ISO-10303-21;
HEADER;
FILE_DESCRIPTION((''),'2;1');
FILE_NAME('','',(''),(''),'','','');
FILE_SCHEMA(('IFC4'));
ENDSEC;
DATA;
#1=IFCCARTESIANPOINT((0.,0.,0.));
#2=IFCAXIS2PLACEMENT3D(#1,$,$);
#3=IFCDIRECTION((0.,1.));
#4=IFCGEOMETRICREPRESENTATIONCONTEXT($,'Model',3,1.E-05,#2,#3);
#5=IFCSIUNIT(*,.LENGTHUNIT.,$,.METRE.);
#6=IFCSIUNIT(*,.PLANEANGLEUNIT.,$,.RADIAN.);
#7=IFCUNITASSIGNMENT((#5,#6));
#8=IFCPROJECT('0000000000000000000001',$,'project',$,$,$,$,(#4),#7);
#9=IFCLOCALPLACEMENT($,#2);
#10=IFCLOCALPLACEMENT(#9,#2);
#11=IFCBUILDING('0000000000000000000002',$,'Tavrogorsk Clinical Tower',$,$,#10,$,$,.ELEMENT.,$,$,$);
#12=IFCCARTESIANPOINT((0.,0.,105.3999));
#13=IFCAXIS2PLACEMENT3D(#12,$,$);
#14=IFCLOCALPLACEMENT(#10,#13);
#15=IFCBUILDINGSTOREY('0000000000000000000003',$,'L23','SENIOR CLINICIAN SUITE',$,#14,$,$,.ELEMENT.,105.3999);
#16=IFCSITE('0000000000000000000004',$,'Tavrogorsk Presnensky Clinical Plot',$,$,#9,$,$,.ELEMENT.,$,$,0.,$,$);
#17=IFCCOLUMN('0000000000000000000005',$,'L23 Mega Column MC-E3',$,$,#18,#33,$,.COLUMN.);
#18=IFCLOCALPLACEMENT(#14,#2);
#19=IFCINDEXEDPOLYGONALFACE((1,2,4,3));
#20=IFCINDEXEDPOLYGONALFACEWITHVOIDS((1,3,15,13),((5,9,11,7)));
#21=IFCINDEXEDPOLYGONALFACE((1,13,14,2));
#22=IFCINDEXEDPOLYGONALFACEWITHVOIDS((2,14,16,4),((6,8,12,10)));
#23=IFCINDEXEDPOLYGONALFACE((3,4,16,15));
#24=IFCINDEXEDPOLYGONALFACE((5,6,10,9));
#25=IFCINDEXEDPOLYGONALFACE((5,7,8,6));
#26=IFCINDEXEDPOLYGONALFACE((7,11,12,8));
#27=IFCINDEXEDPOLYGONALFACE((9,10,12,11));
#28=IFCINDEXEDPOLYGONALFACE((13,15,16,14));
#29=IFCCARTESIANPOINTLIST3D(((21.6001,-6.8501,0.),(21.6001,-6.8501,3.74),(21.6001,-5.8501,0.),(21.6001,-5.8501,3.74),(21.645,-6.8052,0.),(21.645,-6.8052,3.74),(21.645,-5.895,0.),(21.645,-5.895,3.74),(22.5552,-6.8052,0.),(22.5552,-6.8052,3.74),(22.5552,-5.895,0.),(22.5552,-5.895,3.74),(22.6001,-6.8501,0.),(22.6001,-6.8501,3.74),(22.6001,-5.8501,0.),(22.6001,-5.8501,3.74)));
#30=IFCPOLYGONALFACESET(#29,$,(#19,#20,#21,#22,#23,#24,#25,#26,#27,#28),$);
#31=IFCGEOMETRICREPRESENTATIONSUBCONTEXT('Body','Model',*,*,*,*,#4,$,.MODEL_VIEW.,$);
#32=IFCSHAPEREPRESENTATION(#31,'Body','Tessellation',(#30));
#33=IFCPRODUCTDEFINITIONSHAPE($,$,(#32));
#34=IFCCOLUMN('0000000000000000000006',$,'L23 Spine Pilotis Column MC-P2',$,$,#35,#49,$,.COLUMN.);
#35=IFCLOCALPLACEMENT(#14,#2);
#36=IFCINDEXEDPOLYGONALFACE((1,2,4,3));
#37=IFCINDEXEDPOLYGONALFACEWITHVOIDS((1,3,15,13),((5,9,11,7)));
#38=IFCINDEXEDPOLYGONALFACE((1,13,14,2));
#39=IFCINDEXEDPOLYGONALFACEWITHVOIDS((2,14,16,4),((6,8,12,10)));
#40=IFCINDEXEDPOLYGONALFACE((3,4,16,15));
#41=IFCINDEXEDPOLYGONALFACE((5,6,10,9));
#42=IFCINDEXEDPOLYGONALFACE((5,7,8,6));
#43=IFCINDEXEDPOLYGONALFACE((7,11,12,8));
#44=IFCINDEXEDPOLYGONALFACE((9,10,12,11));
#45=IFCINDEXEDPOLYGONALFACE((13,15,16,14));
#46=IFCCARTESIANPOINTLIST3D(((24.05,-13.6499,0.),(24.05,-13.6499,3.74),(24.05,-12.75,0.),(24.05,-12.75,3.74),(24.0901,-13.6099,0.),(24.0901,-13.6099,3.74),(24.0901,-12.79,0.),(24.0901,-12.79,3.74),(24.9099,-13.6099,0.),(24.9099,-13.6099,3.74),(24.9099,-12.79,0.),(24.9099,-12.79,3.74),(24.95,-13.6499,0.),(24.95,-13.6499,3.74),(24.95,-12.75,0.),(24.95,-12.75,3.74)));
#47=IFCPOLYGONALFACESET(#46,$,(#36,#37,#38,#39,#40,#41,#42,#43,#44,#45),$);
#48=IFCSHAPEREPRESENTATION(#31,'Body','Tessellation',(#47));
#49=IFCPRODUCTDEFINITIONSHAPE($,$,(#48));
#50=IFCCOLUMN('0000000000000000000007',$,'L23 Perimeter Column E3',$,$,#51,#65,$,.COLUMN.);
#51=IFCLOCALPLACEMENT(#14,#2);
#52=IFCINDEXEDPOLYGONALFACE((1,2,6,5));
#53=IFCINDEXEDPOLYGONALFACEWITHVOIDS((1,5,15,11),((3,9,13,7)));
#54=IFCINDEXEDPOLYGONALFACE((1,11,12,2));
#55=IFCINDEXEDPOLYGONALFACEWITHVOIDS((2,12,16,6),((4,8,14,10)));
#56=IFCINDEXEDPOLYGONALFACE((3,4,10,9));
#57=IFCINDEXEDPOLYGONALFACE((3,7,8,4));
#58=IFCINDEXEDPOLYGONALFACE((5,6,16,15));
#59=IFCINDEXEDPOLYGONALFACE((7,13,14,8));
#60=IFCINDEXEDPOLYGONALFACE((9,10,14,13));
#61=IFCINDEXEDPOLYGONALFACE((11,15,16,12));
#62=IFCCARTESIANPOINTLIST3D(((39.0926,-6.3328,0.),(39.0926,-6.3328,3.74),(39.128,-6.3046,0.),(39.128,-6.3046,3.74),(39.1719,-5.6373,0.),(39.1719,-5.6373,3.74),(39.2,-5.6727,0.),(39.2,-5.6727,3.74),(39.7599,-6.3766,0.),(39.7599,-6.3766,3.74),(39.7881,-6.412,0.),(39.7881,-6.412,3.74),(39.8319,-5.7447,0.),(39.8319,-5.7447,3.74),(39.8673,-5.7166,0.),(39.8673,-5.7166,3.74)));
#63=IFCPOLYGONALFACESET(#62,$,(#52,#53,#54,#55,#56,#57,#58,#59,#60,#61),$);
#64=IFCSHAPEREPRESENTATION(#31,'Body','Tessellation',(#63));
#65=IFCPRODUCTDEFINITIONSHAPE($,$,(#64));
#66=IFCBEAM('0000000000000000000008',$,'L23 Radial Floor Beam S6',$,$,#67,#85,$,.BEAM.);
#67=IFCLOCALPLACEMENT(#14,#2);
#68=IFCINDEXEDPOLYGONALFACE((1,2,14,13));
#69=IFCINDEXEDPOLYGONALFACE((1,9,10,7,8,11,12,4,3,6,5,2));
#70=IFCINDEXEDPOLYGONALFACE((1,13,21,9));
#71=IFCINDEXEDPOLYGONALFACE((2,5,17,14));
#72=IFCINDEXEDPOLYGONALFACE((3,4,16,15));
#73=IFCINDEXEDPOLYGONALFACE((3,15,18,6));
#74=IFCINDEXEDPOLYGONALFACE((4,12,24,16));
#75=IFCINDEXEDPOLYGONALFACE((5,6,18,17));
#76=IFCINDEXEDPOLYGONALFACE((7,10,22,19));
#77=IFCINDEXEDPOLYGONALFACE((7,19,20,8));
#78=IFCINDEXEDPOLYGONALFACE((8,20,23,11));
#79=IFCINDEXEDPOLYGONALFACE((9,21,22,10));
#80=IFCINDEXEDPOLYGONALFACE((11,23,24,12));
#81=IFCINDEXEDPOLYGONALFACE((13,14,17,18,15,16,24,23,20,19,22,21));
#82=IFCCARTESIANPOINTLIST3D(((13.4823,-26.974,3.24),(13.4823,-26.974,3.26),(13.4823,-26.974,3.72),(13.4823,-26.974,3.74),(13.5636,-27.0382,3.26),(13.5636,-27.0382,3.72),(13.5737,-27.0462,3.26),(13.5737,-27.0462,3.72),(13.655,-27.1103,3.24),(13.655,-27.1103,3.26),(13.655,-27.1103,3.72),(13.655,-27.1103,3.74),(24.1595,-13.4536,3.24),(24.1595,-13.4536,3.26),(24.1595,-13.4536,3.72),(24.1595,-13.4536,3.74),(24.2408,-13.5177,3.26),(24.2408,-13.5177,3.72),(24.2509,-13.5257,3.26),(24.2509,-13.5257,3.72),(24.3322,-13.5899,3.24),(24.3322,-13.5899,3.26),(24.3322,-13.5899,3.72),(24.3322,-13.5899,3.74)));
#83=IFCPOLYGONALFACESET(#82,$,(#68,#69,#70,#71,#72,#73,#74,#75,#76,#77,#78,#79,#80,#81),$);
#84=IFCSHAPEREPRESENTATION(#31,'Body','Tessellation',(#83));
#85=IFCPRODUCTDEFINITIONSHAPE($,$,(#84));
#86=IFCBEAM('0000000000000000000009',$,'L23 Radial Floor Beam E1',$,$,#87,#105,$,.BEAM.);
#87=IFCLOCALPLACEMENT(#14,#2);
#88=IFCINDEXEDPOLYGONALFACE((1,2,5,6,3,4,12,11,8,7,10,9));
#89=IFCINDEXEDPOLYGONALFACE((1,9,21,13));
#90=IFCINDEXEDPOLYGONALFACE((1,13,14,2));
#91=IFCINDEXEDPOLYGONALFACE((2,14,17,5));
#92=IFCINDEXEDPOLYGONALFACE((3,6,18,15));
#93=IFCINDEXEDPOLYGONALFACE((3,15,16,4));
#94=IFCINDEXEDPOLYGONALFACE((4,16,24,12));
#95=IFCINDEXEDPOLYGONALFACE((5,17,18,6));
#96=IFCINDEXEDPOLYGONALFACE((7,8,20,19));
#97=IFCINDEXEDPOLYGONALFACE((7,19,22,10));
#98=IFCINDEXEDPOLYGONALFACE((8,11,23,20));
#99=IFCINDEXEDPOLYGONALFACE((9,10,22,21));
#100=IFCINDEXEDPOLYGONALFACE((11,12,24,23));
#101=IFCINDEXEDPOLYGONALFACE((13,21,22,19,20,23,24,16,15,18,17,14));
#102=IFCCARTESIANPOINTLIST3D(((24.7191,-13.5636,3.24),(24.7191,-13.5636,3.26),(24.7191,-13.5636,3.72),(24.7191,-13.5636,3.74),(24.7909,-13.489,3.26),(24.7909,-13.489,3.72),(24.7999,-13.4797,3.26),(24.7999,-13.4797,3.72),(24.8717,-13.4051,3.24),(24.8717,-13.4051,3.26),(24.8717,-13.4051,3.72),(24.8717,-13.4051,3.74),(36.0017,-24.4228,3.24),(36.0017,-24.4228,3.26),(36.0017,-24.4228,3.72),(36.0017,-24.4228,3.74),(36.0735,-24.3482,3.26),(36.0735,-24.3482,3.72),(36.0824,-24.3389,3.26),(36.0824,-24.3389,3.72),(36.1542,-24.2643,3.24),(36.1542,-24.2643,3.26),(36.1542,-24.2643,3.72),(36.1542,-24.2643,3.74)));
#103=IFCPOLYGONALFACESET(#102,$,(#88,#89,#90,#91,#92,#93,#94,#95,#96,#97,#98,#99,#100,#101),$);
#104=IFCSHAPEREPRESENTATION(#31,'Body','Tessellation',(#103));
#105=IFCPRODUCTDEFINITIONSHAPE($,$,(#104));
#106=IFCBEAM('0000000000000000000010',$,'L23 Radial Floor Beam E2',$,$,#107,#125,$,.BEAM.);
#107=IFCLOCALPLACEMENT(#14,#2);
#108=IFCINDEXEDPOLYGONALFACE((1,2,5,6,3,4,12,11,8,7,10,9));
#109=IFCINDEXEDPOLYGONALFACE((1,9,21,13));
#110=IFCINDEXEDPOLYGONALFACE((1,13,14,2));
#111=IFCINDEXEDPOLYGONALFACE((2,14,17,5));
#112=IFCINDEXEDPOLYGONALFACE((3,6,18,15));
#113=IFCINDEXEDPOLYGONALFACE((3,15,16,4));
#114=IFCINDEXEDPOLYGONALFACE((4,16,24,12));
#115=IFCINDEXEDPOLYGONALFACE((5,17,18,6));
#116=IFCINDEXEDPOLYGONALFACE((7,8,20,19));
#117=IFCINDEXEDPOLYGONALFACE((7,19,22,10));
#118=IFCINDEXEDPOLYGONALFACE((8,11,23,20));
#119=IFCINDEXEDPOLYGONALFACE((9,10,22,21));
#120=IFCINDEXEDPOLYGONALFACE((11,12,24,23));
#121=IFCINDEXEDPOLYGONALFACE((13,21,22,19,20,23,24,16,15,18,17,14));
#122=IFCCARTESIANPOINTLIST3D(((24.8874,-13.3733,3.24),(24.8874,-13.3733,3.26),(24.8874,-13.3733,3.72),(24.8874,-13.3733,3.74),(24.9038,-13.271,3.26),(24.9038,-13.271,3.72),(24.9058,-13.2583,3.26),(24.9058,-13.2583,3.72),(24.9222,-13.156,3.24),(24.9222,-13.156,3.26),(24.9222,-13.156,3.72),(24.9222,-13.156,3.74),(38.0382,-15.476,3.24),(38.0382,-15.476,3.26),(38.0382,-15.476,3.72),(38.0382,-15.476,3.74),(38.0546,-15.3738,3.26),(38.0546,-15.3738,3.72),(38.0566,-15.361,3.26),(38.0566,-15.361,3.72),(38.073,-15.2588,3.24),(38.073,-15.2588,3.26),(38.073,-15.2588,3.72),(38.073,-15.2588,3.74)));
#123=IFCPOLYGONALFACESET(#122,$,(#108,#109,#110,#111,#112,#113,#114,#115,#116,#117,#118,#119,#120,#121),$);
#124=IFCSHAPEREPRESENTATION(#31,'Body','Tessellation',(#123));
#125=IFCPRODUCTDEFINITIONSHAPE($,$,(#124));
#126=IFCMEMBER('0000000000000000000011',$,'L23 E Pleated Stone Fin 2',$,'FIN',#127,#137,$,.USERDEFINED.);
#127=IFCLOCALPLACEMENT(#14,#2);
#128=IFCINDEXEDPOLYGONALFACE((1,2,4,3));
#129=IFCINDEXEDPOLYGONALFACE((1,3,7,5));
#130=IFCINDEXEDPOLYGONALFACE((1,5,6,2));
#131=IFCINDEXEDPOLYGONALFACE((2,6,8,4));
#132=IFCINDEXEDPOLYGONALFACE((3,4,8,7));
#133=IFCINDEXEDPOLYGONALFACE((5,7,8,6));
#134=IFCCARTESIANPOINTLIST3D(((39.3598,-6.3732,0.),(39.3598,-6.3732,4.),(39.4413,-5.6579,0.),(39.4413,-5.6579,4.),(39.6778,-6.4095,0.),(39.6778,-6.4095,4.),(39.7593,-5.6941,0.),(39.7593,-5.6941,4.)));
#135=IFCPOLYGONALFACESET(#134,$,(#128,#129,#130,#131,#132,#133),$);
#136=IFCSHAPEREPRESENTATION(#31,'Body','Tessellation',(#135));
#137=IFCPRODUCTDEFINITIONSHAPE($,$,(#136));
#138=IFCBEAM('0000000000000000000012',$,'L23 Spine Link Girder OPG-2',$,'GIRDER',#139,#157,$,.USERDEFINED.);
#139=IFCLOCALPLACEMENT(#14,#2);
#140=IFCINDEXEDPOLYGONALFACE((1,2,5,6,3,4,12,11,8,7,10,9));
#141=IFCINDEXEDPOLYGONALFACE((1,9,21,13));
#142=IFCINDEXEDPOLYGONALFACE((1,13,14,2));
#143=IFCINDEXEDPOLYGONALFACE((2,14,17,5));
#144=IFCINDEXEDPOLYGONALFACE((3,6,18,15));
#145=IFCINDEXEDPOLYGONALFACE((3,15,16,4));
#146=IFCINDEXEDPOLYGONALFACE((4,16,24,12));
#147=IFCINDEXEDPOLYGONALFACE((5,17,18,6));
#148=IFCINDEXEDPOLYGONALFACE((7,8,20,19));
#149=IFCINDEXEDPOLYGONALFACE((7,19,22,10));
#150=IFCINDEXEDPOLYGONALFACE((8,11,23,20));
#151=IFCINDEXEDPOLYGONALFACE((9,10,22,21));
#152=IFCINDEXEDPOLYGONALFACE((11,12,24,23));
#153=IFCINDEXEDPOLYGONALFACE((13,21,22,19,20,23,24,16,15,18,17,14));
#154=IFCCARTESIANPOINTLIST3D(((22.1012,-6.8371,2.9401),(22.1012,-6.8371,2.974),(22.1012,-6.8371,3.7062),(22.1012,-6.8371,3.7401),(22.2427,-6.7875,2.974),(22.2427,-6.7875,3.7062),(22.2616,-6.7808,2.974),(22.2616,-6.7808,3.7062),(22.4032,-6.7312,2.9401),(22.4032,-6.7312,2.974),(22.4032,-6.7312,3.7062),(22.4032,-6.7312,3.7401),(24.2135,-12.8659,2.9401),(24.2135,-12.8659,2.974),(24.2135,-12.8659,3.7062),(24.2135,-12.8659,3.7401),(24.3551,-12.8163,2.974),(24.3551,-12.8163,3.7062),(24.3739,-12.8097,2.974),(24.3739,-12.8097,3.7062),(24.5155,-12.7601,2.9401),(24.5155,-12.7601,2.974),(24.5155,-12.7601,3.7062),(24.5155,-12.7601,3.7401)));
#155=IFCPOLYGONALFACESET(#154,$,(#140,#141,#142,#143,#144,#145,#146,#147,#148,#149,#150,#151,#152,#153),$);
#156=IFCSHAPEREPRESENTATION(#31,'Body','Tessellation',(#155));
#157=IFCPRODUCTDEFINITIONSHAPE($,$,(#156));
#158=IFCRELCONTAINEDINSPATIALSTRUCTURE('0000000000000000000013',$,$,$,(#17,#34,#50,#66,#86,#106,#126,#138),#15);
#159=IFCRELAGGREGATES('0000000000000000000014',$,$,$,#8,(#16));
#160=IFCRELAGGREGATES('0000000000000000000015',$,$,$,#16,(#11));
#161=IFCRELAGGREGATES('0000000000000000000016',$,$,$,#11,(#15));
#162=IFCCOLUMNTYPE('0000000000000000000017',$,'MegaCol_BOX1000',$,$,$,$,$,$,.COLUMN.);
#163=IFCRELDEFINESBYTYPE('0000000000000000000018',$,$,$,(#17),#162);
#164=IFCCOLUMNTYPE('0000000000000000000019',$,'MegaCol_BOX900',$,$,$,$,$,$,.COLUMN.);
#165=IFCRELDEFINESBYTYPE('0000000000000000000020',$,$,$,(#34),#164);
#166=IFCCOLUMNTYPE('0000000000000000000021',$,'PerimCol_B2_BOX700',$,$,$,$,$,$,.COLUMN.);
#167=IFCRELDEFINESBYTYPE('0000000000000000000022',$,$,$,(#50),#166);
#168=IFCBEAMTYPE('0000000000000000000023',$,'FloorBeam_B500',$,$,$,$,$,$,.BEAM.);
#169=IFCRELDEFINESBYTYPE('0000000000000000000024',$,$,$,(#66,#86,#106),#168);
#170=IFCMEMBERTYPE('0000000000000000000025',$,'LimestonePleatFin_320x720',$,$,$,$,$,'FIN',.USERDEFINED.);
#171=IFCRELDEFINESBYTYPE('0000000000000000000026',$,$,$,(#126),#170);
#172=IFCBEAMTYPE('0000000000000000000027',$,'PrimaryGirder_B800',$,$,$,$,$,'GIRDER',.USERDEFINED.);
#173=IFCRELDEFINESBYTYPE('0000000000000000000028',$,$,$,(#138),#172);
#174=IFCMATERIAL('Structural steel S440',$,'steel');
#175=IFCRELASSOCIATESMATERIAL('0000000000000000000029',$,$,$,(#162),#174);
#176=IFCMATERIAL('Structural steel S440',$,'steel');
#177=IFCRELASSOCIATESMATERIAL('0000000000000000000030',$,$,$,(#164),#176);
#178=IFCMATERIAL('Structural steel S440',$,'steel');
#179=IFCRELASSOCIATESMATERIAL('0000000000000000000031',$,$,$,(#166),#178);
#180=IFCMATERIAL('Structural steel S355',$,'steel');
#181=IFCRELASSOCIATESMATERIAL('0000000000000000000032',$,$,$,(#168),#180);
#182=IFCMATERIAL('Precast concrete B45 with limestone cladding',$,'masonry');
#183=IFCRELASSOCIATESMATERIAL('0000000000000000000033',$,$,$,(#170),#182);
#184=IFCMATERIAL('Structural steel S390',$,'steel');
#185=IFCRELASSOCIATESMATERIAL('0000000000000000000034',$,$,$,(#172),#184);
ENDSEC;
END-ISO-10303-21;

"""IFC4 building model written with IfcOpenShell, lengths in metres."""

from ifc_helpers import new_model, si_unit, direction, frame, origin, origin_2d, place, context, subcontext, project, spatial, rectangle, hollow_rectangle, i_section, extrude, material, material_profile, profile_set, type_object, element, save


model = new_model("IFC4")

# Units and contexts
model_context = context("Model", 3, precision=1e-05, world=origin(), true_north=direction((0.0, 1.0)))
body_context = subcontext(model_context, "Body", "Model", "MODEL_VIEW")
ifc_project = project(units=[si_unit("LENGTHUNIT", "METRE"), si_unit("PLANEANGLEUNIT", "RADIAN")], contexts=[model_context])

# Site, building, storey
site_placement = place(None, origin())
site = spatial("IfcSite", under=ifc_project, at=site_placement, Name="Tavrogorsk Presnensky Clinical Plot", CompositionType="ELEMENT", RefElevation=0.0)
building_placement = place(site_placement, origin())
building = spatial("IfcBuilding", under=site, at=building_placement, Name="Tavrogorsk Clinical Tower", CompositionType="ELEMENT")
storey_placement = place(building_placement, frame((0.0, 0.0, 105.3999)))
storey = spatial("IfcBuildingStorey", under=building, at=storey_placement, Name="L23", Description="SENIOR CLINICIAN SUITE", CompositionType="ELEMENT", Elevation=105.3999)

# Columns
ifc_material_1 = material(Name="Structural steel S440", Category="steel")
ifc_material_profile_1 = material_profile(ifc_material_1, hollow_rectangle(XDim=1.0, YDim=1.0, WallThickness=0.0449, at=origin_2d()), Name="BOX-1000x1000x45")
ifc_profile_set_1 = profile_set([ifc_material_profile_1], Name="Structural steel S440")
column_type_1 = type_object("IfcColumnType", Name="MegaCol_BOX1000", PredefinedType="COLUMN", material=ifc_profile_set_1)
column_1_placement = place(storey_placement, frame((22.1001, -6.3501, 0.0), z_axis=(0.0, 0.0, 1.0), x_axis=(1.0, 0.0, 0.0)))
element("IfcColumn", 1, at=column_1_placement, inside=storey, type_object=column_type_1, Name="L23 Mega Column MC-E3", PredefinedType="COLUMN", context=body_context, shape_type="SweptSolid", body=[
    extrude(hollow_rectangle(XDim=1.0, YDim=1.0, WallThickness=0.0449, at=origin_2d()), origin(), (0.0, 0.0, 1.0), 3.74),
])
ifc_material_2 = material(Name="Structural steel S440", Category="steel")
ifc_material_profile_2 = material_profile(ifc_material_2, hollow_rectangle(XDim=0.8999, YDim=0.8999, WallThickness=0.04, at=origin_2d()), Name="BOX-900x900x40")
ifc_profile_set_2 = profile_set([ifc_material_profile_2], Name="Structural steel S440")
column_type_2 = type_object("IfcColumnType", Name="MegaCol_BOX900", PredefinedType="COLUMN", material=ifc_profile_set_2)
column_2_placement = place(storey_placement, frame((24.5, -13.2, 0.0), z_axis=(0.0, 0.0, 1.0), x_axis=(1.0, 0.0, 0.0)))
element("IfcColumn", 2, at=column_2_placement, inside=storey, type_object=column_type_2, Name="L23 Spine Pilotis Column MC-P2", PredefinedType="COLUMN", context=body_context, shape_type="SweptSolid", body=[
    extrude(hollow_rectangle(XDim=0.8999, YDim=0.8999, WallThickness=0.04, at=origin_2d()), origin(), (0.0, 0.0, 1.0), 3.74),
])
ifc_material_3 = material(Name="Structural steel S440", Category="steel")
ifc_material_profile_3 = material_profile(ifc_material_3, hollow_rectangle(XDim=0.7, YDim=0.7, WallThickness=0.032, at=origin_2d()), Name="BOX-700x700x32")
ifc_profile_set_3 = profile_set([ifc_material_profile_3], Name="Structural steel S440")
column_type_3 = type_object("IfcColumnType", Name="PerimCol_B2_BOX700", PredefinedType="COLUMN", material=ifc_profile_set_3)
column_3_placement = place(storey_placement, frame((39.48, -6.0247, 0.0), z_axis=(0.0, 0.0, 1.0), x_axis=(0.993572, -0.113203, 0.0)))
element("IfcColumn", 3, at=column_3_placement, inside=storey, type_object=column_type_3, Name="L23 Perimeter Column E3", PredefinedType="COLUMN", context=body_context, shape_type="SweptSolid", body=[
    extrude(hollow_rectangle(XDim=0.7, YDim=0.7, WallThickness=0.032, at=origin_2d()), origin(), (0.0, 0.0, 1.0), 3.74),
])

# Beams
ifc_material_4 = material(Name="Structural steel S355", Category="steel")
ifc_material_profile_4 = material_profile(ifc_material_4, i_section(OverallWidth=0.22, OverallDepth=0.5, WebThickness=0.0129, FlangeThickness=0.02, at=origin_2d()), Name="B-500x220x13x20")
ifc_profile_set_4 = profile_set([ifc_material_profile_4], Name="Structural steel S355")
beam_type_1 = type_object("IfcBeamType", Name="FloorBeam_B500", PredefinedType="BEAM", material=ifc_profile_set_4)
beam_1_placement = place(storey_placement, frame((24.2458, -13.5217, 3.49), z_axis=(-0.619757, -0.784794, 0.0), x_axis=(0.784794, -0.619757, 0.0)))
element("IfcBeam", 4, at=beam_1_placement, inside=storey, type_object=beam_type_1, Name="L23 Radial Floor Beam S6", PredefinedType="BEAM", context=body_context, shape_type="SweptSolid", body=[
    extrude(i_section(OverallWidth=0.22, OverallDepth=0.5, WebThickness=0.0129, FlangeThickness=0.02, at=origin_2d()), origin(), (0.0, 0.0, 1.0), 17.228),
])
beam_2_placement = place(storey_placement, frame((24.7954, -13.4844, 3.49), z_axis=(0.720495, -0.69346, 0.0), x_axis=(0.69346, 0.720495, 0.0)))
element("IfcBeam", 5, at=beam_2_placement, inside=storey, type_object=beam_type_1, Name="L23 Radial Floor Beam E1", PredefinedType="BEAM", context=body_context, shape_type="SweptSolid", body=[
    extrude(i_section(OverallWidth=0.22, OverallDepth=0.5, WebThickness=0.0129, FlangeThickness=0.02, at=origin_2d()), origin(), (0.0, 0.0, 1.0), 15.6594),
])
beam_3_placement = place(storey_placement, frame((24.9048, -13.2646, 3.49), z_axis=(0.987457, -0.157891, 0.0), x_axis=(0.157891, 0.987457, 0.0)))
element("IfcBeam", 6, at=beam_3_placement, inside=storey, type_object=beam_type_1, Name="L23 Radial Floor Beam E2", PredefinedType="BEAM", context=body_context, shape_type="SweptSolid", body=[
    extrude(i_section(OverallWidth=0.22, OverallDepth=0.5, WebThickness=0.0129, FlangeThickness=0.02, at=origin_2d()), origin(), (0.0, 0.0, 1.0), 13.3179),
])

# Member
ifc_material_5 = material(Name="Precast concrete B45 with limestone cladding", Category="masonry")
ifc_material_profile_5 = material_profile(ifc_material_5, rectangle(XDim=0.3201, YDim=0.72, at=origin_2d()), Name="LIMESTONE-FIN-320x720")
ifc_profile_set_5 = profile_set([ifc_material_profile_5], Name="Precast concrete B45 with limestone cladding")
member_type = type_object("IfcMemberType", Name="LimestonePleatFin_320x720", ElementType="FIN", PredefinedType="USERDEFINED", material=ifc_profile_set_5)
member_placement = place(storey_placement, frame((39.5596, -6.0337, 0.0), z_axis=(0.0, 0.0, 1.0), x_axis=(0.993572, -0.113203, 0.0)))
element("IfcMember", 7, at=member_placement, inside=storey, type_object=member_type, Name="L23 E Pleated Stone Fin 2", ObjectType="FIN", PredefinedType="USERDEFINED", context=body_context, shape_type="SweptSolid", body=[
    extrude(rectangle(XDim=0.3201, YDim=0.72, at=origin_2d()), origin(), (0.0, 0.0, 1.0), 4.0),
])

# Beam
ifc_material_6 = material(Name="Structural steel S390", Category="steel")
ifc_material_profile_6 = material_profile(ifc_material_6, i_section(OverallWidth=0.3201, OverallDepth=0.8, WebThickness=0.02, FlangeThickness=0.0339, at=origin_2d()), Name="B-800x320x20x34")
ifc_profile_set_6 = profile_set([ifc_material_profile_6], Name="Structural steel S390")
beam_type_2 = type_object("IfcBeamType", Name="PrimaryGirder_B800", ElementType="GIRDER", PredefinedType="USERDEFINED", material=ifc_profile_set_6)
beam_4_placement = place(storey_placement, frame((24.3645, -12.813, 3.3401), z_axis=(-0.33066, 0.94375, 0.0), x_axis=(-0.94375, -0.33066, 0.0)))
element("IfcBeam", 8, at=beam_4_placement, inside=storey, type_object=beam_type_2, Name="L23 Spine Link Girder OPG-2", ObjectType="GIRDER", PredefinedType="USERDEFINED", context=body_context, shape_type="SweptSolid", body=[
    extrude(i_section(OverallWidth=0.3201, OverallDepth=0.8, WebThickness=0.02, FlangeThickness=0.0339, at=origin_2d()), origin(), (0.0, 0.0, 1.0), 6.3882),
])

save(model, "model.ifc")
